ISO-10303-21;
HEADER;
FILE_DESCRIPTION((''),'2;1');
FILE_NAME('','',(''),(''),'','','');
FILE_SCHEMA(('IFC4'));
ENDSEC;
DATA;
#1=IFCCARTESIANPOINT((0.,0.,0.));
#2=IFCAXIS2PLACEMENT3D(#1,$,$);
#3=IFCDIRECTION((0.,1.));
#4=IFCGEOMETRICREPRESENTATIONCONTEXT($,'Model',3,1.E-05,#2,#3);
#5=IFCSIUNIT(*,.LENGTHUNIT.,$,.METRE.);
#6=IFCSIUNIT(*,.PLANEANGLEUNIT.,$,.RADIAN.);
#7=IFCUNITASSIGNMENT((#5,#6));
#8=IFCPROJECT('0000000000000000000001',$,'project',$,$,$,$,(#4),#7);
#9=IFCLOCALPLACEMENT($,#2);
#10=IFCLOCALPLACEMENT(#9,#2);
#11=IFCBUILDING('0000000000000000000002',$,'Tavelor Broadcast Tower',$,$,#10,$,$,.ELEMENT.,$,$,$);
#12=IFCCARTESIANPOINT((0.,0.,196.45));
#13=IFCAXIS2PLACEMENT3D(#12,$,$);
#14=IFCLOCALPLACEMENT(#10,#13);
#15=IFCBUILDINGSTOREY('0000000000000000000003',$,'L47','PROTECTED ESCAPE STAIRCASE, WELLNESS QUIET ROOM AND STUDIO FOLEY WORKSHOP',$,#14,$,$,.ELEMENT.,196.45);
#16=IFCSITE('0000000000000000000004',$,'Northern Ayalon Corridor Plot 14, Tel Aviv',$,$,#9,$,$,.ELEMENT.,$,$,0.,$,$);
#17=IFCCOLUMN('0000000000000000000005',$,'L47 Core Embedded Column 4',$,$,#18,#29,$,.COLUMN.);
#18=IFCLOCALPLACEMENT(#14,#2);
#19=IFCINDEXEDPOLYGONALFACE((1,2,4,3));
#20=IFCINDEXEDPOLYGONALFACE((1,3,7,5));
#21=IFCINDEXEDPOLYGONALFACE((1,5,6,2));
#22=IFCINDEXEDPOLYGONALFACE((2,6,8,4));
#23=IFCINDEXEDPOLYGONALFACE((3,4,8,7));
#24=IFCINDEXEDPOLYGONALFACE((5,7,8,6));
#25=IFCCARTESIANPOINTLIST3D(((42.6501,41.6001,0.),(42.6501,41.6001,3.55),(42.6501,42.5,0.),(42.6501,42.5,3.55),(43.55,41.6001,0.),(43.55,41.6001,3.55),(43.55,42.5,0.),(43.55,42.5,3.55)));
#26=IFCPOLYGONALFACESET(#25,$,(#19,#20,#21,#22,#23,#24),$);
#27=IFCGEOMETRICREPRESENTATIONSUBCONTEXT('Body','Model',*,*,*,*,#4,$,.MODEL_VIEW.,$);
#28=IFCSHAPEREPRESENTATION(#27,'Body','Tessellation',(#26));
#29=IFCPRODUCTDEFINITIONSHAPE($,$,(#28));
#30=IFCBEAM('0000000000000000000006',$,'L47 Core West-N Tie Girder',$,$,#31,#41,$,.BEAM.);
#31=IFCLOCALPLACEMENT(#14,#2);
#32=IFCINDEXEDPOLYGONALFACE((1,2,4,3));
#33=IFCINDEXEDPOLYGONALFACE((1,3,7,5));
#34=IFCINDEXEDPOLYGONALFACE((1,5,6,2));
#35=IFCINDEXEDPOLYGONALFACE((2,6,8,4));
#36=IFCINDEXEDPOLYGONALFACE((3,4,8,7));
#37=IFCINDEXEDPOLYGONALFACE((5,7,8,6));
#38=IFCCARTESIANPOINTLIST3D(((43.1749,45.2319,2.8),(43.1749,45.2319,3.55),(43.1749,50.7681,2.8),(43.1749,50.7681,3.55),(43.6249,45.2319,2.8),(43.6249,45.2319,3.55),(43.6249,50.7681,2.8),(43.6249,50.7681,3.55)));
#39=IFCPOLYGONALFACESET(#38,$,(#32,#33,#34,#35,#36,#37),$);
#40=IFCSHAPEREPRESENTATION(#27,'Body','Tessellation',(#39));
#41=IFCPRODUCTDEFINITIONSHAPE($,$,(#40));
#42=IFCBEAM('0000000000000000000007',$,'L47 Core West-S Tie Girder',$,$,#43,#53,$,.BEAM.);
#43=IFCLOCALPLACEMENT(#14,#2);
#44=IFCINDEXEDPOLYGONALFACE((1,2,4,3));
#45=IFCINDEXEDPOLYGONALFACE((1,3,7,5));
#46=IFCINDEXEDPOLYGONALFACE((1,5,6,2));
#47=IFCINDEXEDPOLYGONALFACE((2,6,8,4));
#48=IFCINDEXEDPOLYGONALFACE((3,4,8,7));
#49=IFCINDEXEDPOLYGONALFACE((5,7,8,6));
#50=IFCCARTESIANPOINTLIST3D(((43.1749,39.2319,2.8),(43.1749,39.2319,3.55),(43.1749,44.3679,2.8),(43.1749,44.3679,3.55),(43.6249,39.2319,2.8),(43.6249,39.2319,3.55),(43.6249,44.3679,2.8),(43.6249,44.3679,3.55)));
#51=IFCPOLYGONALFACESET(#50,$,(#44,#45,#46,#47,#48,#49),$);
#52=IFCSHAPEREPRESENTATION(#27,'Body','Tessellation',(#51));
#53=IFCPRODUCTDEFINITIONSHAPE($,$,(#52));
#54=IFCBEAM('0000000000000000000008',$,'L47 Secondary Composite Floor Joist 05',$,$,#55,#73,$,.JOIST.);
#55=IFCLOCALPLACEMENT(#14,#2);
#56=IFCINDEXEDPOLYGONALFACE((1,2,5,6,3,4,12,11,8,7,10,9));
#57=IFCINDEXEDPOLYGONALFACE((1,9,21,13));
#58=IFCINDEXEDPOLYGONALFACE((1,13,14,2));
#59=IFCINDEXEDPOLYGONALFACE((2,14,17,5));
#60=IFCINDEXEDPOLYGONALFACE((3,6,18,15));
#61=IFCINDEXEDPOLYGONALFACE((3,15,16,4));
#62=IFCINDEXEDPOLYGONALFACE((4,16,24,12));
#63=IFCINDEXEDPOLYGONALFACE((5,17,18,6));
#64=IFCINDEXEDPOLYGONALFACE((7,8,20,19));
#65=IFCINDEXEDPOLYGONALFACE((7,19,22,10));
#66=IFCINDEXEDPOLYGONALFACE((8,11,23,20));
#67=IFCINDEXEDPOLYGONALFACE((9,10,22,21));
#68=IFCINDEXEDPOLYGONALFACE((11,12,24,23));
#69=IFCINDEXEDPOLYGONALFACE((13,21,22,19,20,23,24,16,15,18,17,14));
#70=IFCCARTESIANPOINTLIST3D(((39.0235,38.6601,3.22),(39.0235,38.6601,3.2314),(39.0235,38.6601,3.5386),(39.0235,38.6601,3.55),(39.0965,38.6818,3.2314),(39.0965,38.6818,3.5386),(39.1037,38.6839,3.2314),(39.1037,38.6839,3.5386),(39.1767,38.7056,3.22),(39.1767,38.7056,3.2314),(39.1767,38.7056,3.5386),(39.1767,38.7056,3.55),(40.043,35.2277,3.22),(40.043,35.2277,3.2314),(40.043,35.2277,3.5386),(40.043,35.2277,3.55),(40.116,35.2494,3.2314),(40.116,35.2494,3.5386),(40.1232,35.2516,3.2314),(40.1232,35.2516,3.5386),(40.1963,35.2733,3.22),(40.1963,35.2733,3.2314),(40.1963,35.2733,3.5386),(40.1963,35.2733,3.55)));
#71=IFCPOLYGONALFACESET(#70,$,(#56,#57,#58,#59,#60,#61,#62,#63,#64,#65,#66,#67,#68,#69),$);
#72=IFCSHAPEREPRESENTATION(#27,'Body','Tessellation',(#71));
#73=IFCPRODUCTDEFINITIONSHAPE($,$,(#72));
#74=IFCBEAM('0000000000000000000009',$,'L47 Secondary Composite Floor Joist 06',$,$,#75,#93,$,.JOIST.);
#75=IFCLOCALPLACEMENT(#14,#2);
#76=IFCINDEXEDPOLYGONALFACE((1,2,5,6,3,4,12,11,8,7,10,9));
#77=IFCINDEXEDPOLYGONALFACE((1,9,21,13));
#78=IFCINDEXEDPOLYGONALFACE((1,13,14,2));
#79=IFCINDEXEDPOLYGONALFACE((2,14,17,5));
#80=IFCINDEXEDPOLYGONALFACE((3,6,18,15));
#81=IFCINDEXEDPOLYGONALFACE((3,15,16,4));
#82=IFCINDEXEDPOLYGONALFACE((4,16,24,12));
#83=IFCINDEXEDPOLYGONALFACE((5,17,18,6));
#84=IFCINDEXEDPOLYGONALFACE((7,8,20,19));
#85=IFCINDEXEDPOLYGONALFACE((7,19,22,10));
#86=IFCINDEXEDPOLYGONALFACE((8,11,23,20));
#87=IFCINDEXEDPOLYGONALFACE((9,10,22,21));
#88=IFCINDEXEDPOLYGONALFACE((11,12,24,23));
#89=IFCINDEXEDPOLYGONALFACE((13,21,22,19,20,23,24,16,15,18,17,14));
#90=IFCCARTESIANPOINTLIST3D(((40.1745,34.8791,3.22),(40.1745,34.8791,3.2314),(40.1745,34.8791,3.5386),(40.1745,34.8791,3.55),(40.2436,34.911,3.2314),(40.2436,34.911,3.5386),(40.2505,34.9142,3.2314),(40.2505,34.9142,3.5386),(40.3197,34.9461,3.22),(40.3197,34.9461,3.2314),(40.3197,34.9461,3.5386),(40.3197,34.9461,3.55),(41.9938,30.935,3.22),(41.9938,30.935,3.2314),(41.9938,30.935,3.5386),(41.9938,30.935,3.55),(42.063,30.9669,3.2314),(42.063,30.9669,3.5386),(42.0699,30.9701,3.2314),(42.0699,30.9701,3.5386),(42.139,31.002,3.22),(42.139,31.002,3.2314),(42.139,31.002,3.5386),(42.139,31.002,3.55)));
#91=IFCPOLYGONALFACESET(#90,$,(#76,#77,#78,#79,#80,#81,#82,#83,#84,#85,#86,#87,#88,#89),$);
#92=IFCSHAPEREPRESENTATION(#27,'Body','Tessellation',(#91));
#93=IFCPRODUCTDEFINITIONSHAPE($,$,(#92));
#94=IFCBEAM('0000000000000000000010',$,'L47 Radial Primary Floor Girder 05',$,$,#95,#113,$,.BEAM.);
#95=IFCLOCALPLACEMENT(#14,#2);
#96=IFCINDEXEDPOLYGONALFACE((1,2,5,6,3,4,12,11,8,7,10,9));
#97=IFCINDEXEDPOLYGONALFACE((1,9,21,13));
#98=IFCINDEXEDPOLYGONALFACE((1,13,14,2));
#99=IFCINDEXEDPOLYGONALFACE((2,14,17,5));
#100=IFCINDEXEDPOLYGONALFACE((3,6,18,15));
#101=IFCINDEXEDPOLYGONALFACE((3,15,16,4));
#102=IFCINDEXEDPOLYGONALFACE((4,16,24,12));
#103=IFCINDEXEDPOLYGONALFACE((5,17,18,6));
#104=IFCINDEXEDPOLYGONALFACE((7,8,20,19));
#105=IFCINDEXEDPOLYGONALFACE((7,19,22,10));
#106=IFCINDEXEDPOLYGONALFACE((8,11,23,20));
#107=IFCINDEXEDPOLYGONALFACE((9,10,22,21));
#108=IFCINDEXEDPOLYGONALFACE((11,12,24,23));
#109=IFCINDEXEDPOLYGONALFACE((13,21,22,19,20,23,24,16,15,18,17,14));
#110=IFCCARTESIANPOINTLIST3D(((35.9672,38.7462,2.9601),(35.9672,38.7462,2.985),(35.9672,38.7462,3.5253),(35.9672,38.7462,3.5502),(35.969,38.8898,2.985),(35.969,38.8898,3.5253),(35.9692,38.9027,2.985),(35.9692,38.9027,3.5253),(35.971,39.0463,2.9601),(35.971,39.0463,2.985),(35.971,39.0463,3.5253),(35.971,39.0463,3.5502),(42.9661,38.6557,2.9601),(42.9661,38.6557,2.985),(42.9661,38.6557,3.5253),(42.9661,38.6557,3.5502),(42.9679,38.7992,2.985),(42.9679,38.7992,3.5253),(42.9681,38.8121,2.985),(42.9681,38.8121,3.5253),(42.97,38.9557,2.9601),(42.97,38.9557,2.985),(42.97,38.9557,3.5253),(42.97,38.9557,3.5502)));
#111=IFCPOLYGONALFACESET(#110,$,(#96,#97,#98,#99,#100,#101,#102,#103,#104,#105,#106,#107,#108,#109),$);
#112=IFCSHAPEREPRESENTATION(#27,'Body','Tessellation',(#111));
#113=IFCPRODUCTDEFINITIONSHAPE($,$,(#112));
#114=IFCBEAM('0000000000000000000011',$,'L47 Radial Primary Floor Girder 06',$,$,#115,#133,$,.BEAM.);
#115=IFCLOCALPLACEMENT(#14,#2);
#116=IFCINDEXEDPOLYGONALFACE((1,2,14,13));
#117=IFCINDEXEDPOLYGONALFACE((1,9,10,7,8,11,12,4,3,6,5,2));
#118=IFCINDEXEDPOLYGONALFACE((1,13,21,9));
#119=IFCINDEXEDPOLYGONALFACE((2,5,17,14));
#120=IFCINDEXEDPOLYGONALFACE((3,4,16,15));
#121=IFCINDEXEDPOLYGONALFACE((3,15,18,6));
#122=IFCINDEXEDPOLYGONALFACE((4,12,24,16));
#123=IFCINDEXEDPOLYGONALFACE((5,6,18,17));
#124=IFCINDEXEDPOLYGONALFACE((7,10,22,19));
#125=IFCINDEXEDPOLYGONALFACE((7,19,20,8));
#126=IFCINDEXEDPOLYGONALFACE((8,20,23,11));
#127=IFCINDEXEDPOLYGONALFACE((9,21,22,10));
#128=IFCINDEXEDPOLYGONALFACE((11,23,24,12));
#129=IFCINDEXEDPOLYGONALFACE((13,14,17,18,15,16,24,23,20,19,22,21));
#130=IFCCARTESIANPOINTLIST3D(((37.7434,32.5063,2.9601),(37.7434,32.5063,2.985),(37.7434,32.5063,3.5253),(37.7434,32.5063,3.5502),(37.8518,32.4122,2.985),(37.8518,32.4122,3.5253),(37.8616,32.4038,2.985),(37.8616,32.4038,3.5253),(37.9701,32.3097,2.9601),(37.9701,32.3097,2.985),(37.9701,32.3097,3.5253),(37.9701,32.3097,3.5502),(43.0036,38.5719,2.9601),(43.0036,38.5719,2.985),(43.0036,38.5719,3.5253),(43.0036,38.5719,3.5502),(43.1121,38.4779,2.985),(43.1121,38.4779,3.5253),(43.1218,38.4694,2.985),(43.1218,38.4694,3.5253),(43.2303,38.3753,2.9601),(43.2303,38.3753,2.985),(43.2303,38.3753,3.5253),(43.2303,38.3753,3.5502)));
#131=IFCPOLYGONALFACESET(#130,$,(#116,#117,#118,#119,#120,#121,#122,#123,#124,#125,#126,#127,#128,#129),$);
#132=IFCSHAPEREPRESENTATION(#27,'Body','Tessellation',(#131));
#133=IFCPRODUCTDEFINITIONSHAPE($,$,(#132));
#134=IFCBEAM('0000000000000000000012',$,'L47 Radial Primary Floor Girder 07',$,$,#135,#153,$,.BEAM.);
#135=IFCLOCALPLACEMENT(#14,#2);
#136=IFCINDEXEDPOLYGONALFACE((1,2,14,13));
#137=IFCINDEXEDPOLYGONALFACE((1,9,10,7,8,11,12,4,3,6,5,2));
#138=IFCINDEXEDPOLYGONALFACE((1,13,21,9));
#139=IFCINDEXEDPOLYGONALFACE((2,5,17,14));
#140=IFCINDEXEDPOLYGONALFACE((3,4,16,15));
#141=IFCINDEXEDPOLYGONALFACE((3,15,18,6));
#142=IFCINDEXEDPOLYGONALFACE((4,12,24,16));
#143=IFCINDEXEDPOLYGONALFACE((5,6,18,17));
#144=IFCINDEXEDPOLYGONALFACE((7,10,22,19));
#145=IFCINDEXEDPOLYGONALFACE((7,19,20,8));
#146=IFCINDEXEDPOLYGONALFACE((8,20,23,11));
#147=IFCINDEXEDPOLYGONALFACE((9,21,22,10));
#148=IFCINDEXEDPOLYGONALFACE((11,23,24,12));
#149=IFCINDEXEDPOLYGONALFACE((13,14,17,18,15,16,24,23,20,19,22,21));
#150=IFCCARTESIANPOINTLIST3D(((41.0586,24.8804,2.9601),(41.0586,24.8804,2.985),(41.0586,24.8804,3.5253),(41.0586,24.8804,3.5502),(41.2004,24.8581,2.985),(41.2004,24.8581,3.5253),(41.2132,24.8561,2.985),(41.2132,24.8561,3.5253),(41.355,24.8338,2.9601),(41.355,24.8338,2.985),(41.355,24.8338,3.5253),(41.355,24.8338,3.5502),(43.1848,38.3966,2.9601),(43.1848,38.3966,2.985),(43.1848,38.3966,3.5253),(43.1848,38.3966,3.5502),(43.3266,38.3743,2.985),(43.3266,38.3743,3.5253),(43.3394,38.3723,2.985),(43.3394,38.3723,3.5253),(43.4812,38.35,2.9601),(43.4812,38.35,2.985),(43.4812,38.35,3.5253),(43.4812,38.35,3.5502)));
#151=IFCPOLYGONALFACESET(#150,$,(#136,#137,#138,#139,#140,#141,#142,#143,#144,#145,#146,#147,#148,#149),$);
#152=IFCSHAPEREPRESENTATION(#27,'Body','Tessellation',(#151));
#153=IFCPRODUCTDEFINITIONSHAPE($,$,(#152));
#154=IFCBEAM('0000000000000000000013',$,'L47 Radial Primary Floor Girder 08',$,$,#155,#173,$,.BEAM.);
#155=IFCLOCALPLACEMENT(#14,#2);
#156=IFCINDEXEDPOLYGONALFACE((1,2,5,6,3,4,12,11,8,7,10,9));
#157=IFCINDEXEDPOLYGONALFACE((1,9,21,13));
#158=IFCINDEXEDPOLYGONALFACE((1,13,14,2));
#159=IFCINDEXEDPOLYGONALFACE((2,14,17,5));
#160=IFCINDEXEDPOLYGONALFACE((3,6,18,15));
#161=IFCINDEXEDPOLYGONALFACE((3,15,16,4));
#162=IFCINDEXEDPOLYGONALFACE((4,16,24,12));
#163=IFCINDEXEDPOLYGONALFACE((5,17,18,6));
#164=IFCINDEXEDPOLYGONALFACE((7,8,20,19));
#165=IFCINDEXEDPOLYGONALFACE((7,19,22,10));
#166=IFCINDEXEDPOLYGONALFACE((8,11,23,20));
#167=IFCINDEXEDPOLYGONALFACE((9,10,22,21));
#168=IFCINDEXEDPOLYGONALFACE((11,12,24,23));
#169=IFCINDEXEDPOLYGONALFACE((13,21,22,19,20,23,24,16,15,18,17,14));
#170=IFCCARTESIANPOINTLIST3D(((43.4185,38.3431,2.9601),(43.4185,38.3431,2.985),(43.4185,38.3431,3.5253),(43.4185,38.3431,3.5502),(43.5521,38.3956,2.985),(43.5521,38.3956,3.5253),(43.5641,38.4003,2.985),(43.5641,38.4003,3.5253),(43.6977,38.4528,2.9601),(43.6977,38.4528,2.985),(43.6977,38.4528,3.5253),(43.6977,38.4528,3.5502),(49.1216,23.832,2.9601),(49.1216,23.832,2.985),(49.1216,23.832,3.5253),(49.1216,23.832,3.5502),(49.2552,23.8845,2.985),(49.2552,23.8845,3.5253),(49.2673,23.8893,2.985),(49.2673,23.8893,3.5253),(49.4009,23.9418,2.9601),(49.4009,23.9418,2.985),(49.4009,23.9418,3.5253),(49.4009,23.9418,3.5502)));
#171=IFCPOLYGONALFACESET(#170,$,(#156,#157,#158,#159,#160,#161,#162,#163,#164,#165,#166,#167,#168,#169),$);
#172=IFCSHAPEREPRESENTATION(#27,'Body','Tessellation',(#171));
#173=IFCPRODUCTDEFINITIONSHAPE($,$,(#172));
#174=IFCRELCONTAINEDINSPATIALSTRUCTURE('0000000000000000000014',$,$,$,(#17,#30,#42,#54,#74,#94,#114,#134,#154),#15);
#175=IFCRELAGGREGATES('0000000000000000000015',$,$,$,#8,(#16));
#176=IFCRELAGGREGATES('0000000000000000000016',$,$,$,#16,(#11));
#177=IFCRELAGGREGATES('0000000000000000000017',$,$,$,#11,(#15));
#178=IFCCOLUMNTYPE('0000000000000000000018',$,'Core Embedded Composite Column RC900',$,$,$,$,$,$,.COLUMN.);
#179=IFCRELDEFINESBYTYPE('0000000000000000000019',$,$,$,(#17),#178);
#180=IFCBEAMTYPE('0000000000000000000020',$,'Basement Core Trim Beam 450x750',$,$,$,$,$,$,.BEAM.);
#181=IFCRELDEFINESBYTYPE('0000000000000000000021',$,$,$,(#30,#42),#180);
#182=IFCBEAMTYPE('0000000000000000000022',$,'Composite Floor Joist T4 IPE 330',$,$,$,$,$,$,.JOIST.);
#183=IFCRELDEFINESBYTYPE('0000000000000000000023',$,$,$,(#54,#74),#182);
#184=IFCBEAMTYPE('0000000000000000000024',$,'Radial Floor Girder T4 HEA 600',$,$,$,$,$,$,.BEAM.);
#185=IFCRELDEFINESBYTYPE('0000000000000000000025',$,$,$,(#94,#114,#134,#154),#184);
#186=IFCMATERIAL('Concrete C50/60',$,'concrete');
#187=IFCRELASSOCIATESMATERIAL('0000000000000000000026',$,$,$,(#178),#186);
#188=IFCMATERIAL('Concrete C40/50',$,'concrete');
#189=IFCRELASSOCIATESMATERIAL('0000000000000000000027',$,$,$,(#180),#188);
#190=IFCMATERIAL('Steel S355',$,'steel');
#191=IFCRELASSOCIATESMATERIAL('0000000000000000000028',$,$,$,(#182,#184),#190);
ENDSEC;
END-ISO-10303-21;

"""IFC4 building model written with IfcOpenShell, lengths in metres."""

from ifc_helpers import new_model, si_unit, direction, frame, origin, origin_2d, place, context, subcontext, project, spatial, rectangle, i_section, extrude, material, material_profile, profile_set, type_object, element, save


model = new_model("IFC4")

# Units and contexts
model_context = context("Model", 3, precision=1e-05, world=origin(), true_north=direction((0.0, 1.0)))
body_context = subcontext(model_context, "Body", "Model", "MODEL_VIEW")
ifc_project = project(units=[si_unit("LENGTHUNIT", "METRE"), si_unit("PLANEANGLEUNIT", "RADIAN")], contexts=[model_context])

# Site, building, storey
site_placement = place(None, origin())
site = spatial("IfcSite", under=ifc_project, at=site_placement, Name="Northern Ayalon Corridor Plot 14, Tel Aviv", CompositionType="ELEMENT", RefElevation=0.0)
building_placement = place(site_placement, origin())
building = spatial("IfcBuilding", under=site, at=building_placement, Name="Tavelor Broadcast Tower", CompositionType="ELEMENT")
storey_placement = place(building_placement, frame((0.0, 0.0, 196.45)))
storey = spatial("IfcBuildingStorey", under=building, at=storey_placement, Name="L47", Description="PROTECTED ESCAPE STAIRCASE, WELLNESS QUIET ROOM AND STUDIO FOLEY WORKSHOP", CompositionType="ELEMENT", Elevation=196.45)

# Column
ifc_material_1 = material(Name="Concrete C50/60", Category="concrete")
ifc_material_profile_1 = material_profile(ifc_material_1, rectangle(XDim=0.8999, YDim=0.8999, at=origin_2d()), Name="RC 900x900")
ifc_profile_set_1 = profile_set([ifc_material_profile_1], Name="Concrete C50/60")
column_type = type_object("IfcColumnType", Name="Core Embedded Composite Column RC900", PredefinedType="COLUMN", material=ifc_profile_set_1)
column_placement = place(storey_placement, frame((43.1001, 42.05, 0.0), z_axis=(0.0, 0.0, 1.0), x_axis=(1.0, 0.0, 0.0)))
element("IfcColumn", 1, at=column_placement, inside=storey, type_object=column_type, Name="L47 Core Embedded Column 4", PredefinedType="COLUMN", context=body_context, shape_type="SweptSolid", body=[
    extrude(rectangle(XDim=0.8999, YDim=0.8999, at=origin_2d()), origin(), (0.0, 0.0, 1.0), 3.55),
])

# Beams
ifc_material_2 = material(Name="Concrete C40/50", Category="concrete")
ifc_material_profile_2 = material_profile(ifc_material_2, rectangle(XDim=0.45, YDim=0.75, at=origin_2d()), Name="RC 450x750")
ifc_profile_set_2 = profile_set([ifc_material_profile_2], Name="Concrete C40/50")
beam_type_1 = type_object("IfcBeamType", Name="Basement Core Trim Beam 450x750", PredefinedType="BEAM", material=ifc_profile_set_2)
beam_1_placement = place(storey_placement, frame((43.3999, 45.2319, 3.175), z_axis=(0.0, 1.0, 0.0), x_axis=(-1.0, 0.0, 0.0)))
element("IfcBeam", 2, at=beam_1_placement, inside=storey, type_object=beam_type_1, Name="L47 Core West-N Tie Girder", PredefinedType="BEAM", context=body_context, shape_type="SweptSolid", body=[
    extrude(rectangle(XDim=0.45, YDim=0.75, at=origin_2d()), origin(), (0.0, 0.0, 1.0), 5.5361),
])
beam_2_placement = place(storey_placement, frame((43.3999, 39.2319, 3.175), z_axis=(0.0, 1.0, 0.0), x_axis=(-1.0, 0.0, 0.0)))
element("IfcBeam", 3, at=beam_2_placement, inside=storey, type_object=beam_type_1, Name="L47 Core West-S Tie Girder", PredefinedType="BEAM", context=body_context, shape_type="SweptSolid", body=[
    extrude(rectangle(XDim=0.45, YDim=0.75, at=origin_2d()), origin(), (0.0, 0.0, 1.0), 5.136),
])
ifc_material_3 = material(Name="Steel S355", Category="steel")
ifc_material_profile_3 = material_profile(ifc_material_3, i_section(OverallWidth=0.1599, OverallDepth=0.3301, WebThickness=0.0076, FlangeThickness=0.0115, at=origin_2d()), Name="IPE 330")
ifc_profile_set_3 = profile_set([ifc_material_profile_3], Name="Steel S355")
beam_type_2 = type_object("IfcBeamType", Name="Composite Floor Joist T4 IPE 330", PredefinedType="JOIST", material=ifc_profile_set_3)
beam_3_placement = place(storey_placement, frame((39.1001, 38.6829, 3.385), z_axis=(0.284738, -0.958605, 0.0), x_axis=(0.958605, 0.284738, 0.0)))
element("IfcBeam", 4, at=beam_3_placement, inside=storey, type_object=beam_type_2, Name="L47 Secondary Composite Floor Joist 05", PredefinedType="JOIST", context=body_context, shape_type="SweptSolid", body=[
    extrude(i_section(OverallWidth=0.1599, OverallDepth=0.3301, WebThickness=0.0076, FlangeThickness=0.0115, at=origin_2d()), origin(), (0.0, 0.0, 1.0), 3.5806),
])
beam_4_placement = place(storey_placement, frame((40.2471, 34.9126, 3.385), z_axis=(0.418866, -0.908048, 0.0), x_axis=(0.908048, 0.418866, 0.0)))
element("IfcBeam", 5, at=beam_4_placement, inside=storey, type_object=beam_type_2, Name="L47 Secondary Composite Floor Joist 06", PredefinedType="JOIST", context=body_context, shape_type="SweptSolid", body=[
    extrude(i_section(OverallWidth=0.1599, OverallDepth=0.3301, WebThickness=0.0076, FlangeThickness=0.0115, at=origin_2d()), origin(), (0.0, 0.0, 1.0), 4.3435),
])
ifc_material_profile_4 = material_profile(ifc_material_3, i_section(OverallWidth=0.3, OverallDepth=0.5901, WebThickness=0.0129, FlangeThickness=0.0249, at=origin_2d()), Name="HEA 600")
ifc_profile_set_4 = profile_set([ifc_material_profile_4], Name="Steel S355")
beam_type_3 = type_object("IfcBeamType", Name="Radial Floor Girder T4 HEA 600", PredefinedType="BEAM", material=ifc_profile_set_4)
beam_5_placement = place(storey_placement, frame((42.968, 38.8057, 3.2551), z_axis=(-0.999916, 0.01294, 0.0), x_axis=(-0.01294, -0.999916, 0.0)))
element("IfcBeam", 6, at=beam_5_placement, inside=storey, type_object=beam_type_3, Name="L47 Radial Primary Floor Girder 05", PredefinedType="BEAM", context=body_context, shape_type="SweptSolid", body=[
    extrude(i_section(OverallWidth=0.3, OverallDepth=0.5901, WebThickness=0.0129, FlangeThickness=0.0249, at=origin_2d()), origin(), (0.0, 0.0, 1.0), 6.9995),
])
beam_6_placement = place(storey_placement, frame((43.1169, 38.4736, 3.2551), z_axis=(-0.655168, -0.755483, 0.0), x_axis=(0.755483, -0.655168, 0.0)))
element("IfcBeam", 7, at=beam_6_placement, inside=storey, type_object=beam_type_3, Name="L47 Radial Primary Floor Girder 06", PredefinedType="BEAM", context=body_context, shape_type="SweptSolid", body=[
    extrude(i_section(OverallWidth=0.3, OverallDepth=0.5901, WebThickness=0.0129, FlangeThickness=0.0249, at=origin_2d()), origin(), (0.0, 0.0, 1.0), 8.0288),
])
beam_7_placement = place(storey_placement, frame((43.333, 38.3733, 3.2551), z_axis=(-0.155399, -0.987852, 0.0), x_axis=(0.987852, -0.155399, 0.0)))
element("IfcBeam", 8, at=beam_7_placement, inside=storey, type_object=beam_type_3, Name="L47 Radial Primary Floor Girder 07", PredefinedType="BEAM", context=body_context, shape_type="SweptSolid", body=[
    extrude(i_section(OverallWidth=0.3, OverallDepth=0.5901, WebThickness=0.0129, FlangeThickness=0.0249, at=origin_2d()), origin(), (0.0, 0.0, 1.0), 13.6824),
])
beam_8_placement = place(storey_placement, frame((43.5581, 38.3979, 3.2551), z_axis=(0.365785, -0.9307, 0.0), x_axis=(0.9307, 0.365785, 0.0)))
element("IfcBeam", 9, at=beam_8_placement, inside=storey, type_object=beam_type_3, Name="L47 Radial Primary Floor Girder 08", PredefinedType="BEAM", context=body_context, shape_type="SweptSolid", body=[
    extrude(i_section(OverallWidth=0.3, OverallDepth=0.5901, WebThickness=0.0129, FlangeThickness=0.0249, at=origin_2d()), origin(), (0.0, 0.0, 1.0), 15.5916),
])

save(model, "model.ifc")
